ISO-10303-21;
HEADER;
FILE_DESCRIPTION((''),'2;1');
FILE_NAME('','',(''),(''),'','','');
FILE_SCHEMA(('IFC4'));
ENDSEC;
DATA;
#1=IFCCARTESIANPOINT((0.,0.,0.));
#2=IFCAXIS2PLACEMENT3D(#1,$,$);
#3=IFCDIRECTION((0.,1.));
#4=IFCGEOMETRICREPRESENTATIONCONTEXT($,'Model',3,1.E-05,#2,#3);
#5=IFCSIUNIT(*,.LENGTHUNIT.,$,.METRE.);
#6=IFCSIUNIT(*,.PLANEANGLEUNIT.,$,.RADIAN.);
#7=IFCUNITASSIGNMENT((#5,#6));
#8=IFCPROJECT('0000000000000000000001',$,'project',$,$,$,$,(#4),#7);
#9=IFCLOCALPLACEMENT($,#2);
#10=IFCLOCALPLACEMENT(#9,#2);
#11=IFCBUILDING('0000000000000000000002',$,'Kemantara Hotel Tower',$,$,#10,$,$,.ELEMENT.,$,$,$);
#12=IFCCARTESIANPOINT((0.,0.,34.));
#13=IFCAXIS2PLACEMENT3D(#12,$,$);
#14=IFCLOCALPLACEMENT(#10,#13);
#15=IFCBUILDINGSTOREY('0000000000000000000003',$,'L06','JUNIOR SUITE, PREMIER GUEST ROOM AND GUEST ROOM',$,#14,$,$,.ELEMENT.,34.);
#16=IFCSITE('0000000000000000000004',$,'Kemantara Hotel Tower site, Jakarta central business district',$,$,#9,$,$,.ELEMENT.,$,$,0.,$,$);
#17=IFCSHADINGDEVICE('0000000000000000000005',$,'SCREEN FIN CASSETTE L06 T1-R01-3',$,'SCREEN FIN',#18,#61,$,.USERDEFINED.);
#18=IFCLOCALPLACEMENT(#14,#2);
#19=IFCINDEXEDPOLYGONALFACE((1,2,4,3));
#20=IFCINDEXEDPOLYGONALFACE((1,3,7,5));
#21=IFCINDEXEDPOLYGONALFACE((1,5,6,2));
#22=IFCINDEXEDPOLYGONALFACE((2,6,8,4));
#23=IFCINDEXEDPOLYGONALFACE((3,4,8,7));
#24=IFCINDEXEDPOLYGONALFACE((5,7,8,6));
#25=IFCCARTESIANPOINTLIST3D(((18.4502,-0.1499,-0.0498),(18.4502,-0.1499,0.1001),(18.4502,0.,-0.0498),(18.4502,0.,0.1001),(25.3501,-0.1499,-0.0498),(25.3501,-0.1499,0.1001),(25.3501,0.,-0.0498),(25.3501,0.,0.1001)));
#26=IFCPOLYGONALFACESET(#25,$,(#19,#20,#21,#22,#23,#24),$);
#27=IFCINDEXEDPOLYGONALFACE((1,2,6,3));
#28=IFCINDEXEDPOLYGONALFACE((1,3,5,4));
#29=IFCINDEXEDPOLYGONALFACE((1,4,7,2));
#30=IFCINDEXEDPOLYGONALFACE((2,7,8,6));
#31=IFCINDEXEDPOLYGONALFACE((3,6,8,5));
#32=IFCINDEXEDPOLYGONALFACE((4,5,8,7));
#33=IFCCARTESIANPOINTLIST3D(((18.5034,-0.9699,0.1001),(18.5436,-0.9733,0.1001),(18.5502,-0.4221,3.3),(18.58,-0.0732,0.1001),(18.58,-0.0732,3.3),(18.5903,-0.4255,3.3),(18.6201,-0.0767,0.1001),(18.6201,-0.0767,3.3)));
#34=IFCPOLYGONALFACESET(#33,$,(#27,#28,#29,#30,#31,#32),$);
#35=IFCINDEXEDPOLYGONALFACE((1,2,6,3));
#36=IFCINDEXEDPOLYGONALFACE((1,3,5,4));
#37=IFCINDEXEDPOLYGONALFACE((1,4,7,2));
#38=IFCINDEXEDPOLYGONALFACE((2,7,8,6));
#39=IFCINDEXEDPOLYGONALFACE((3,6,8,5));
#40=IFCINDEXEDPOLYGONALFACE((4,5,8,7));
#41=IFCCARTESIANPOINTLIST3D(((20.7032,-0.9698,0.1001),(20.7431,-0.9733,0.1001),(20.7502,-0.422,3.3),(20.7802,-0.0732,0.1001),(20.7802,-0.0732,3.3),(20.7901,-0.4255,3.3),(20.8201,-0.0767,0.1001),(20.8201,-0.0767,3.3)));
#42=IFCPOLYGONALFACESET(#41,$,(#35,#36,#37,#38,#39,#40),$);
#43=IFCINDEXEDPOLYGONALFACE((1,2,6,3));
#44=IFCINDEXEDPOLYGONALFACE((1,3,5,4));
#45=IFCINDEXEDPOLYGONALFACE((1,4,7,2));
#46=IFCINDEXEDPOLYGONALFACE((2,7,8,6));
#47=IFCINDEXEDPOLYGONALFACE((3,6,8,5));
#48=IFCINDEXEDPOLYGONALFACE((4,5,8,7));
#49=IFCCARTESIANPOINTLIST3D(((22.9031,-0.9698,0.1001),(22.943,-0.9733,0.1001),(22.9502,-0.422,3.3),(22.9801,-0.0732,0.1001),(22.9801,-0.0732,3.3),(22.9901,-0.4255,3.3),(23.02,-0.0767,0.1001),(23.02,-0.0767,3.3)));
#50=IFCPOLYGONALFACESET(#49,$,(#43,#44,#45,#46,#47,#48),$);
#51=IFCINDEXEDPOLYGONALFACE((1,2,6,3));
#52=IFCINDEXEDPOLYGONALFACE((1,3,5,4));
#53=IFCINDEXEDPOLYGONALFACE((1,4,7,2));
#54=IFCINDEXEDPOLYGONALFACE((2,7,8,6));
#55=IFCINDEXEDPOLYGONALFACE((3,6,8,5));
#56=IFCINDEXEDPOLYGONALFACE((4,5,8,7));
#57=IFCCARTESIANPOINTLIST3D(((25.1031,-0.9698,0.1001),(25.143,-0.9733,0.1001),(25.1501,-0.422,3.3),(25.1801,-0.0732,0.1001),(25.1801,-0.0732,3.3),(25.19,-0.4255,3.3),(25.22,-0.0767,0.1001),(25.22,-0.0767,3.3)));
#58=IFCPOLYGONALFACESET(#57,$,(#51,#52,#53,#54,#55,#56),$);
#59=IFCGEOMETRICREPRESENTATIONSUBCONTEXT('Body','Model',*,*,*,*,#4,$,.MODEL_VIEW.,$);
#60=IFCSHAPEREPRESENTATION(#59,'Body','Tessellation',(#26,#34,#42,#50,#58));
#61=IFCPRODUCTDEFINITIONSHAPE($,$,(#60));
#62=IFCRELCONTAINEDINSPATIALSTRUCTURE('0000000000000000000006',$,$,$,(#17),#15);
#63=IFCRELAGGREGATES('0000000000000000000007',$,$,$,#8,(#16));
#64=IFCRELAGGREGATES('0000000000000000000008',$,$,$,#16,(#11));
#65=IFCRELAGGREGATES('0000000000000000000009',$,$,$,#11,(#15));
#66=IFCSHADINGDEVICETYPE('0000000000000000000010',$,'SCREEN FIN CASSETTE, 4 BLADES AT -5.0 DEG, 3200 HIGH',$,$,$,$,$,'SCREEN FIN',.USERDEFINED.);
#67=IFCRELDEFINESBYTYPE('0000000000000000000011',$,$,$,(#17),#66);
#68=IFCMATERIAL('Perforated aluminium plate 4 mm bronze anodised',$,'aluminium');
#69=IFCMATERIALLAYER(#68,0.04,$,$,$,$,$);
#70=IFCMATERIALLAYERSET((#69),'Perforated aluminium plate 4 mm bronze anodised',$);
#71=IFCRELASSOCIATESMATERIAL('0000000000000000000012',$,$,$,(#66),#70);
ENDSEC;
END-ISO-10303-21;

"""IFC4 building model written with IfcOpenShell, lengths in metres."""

from ifc_helpers import new_model, si_unit, direction, frame, origin, origin_2d, place, context, subcontext, project, spatial, polyline, rectangle, outline, extrude, source, transform, mapped, material, layer, layer_set, type_object, element, save


model = new_model("IFC4")

# Units and contexts
model_context = context("Model", 3, precision=1e-05, world=origin(), true_north=direction((0.0, 1.0)))
body_context = subcontext(model_context, "Body", "Model", "MODEL_VIEW")
ifc_project = project(units=[si_unit("LENGTHUNIT", "METRE"), si_unit("PLANEANGLEUNIT", "RADIAN")], contexts=[model_context])

# Site, building, storey
site_placement = place(None, origin())
site = spatial("IfcSite", under=ifc_project, at=site_placement, Name="Kemantara Hotel Tower site, Jakarta central business district", CompositionType="ELEMENT", RefElevation=0.0)
building_placement = place(site_placement, origin())
building = spatial("IfcBuilding", under=site, at=building_placement, Name="Kemantara Hotel Tower", CompositionType="ELEMENT")
storey_placement = place(building_placement, frame((0.0, 0.0, 34.0)))
storey = spatial("IfcBuildingStorey", under=building, at=storey_placement, Name="L06", Description="JUNIOR SUITE, PREMIER GUEST ROOM AND GUEST ROOM", CompositionType="ELEMENT", Elevation=34.0)

# Shading device
ifc_material_1 = material(Name="Perforated aluminium plate 4 mm bronze anodised", Category="aluminium")
ifc_layer_1 = layer(ifc_material_1, 0.04)
ifc_layer_set_1 = layer_set([ifc_layer_1], Name="Perforated aluminium plate 4 mm bronze anodised")
shading_device_type = type_object("IfcShadingDeviceType", Name="SCREEN FIN CASSETTE, 4 BLADES AT -5.0 DEG, 3200 HIGH", ElementType="SCREEN FIN", PredefinedType="USERDEFINED", material=ifc_layer_set_1)
shared_shape = source(origin(), body_context, "Body", "SweptSolid", [
    extrude(rectangle(XDim=6.8999, YDim=0.1499, at=origin_2d()), frame((3.3, -0.075, -0.1499), z_axis=(0.0, 0.0, 1.0), x_axis=(1.0, 0.0, 0.0)), (0.0, 0.0, 1.0), 0.1499),
    extrude(outline(polyline([(0.0, 0.0), (0.8999, 0.0), (0.3501, 3.2), (0.0, 3.2), (0.0, 0.0)])), frame((0.02, -0.0767, 0.0), z_axis=(-0.996376, 0.085056, 0.0), x_axis=(-0.085056, -0.996376, 0.0)), (0.0, 0.0, 1.0), 0.0403),
    extrude(outline(polyline([(0.0, 0.0), (0.8999, 0.0), (0.3501, 3.2), (0.0, 3.2), (0.0, 0.0)])), frame((2.22, -0.0767, 0.0), z_axis=(-0.996332, 0.085575, 0.0), x_axis=(-0.085575, -0.996332, 0.0)), (0.0, 0.0, 1.0), 0.04),
    extrude(outline(polyline([(0.0, 0.0), (0.8999, 0.0), (0.3501, 3.2), (0.0, 3.2), (0.0, 0.0)])), frame((4.4199, -0.0767, 0.0), z_axis=(-0.996332, 0.085575, 0.0), x_axis=(-0.085575, -0.996332, 0.0)), (0.0, 0.0, 1.0), 0.04),
    extrude(outline(polyline([(0.0, 0.0), (0.8999, 0.0), (0.3501, 3.2), (0.0, 3.2), (0.0, 0.0)])), frame((6.6199, -0.0767, 0.0), z_axis=(-0.996332, 0.085575, 0.0), x_axis=(-0.085575, -0.996332, 0.0)), (0.0, 0.0, 1.0), 0.04),
])
shading_device_placement = place(storey_placement, frame((18.6001, 0.0, 0.1001), z_axis=(0.0, 0.0, 1.0), x_axis=(1.0, 0.0, 0.0)))
element("IfcShadingDevice", 1, at=shading_device_placement, inside=storey, type_object=shading_device_type, Name="SCREEN FIN CASSETTE L06 T1-R01-3", ObjectType="SCREEN FIN", PredefinedType="USERDEFINED", context=body_context, shape_type="MappedRepresentation", body=[
    mapped(shared_shape, transform((0.0, 0.0, 0.0))),
])

save(model, "model.ifc")
